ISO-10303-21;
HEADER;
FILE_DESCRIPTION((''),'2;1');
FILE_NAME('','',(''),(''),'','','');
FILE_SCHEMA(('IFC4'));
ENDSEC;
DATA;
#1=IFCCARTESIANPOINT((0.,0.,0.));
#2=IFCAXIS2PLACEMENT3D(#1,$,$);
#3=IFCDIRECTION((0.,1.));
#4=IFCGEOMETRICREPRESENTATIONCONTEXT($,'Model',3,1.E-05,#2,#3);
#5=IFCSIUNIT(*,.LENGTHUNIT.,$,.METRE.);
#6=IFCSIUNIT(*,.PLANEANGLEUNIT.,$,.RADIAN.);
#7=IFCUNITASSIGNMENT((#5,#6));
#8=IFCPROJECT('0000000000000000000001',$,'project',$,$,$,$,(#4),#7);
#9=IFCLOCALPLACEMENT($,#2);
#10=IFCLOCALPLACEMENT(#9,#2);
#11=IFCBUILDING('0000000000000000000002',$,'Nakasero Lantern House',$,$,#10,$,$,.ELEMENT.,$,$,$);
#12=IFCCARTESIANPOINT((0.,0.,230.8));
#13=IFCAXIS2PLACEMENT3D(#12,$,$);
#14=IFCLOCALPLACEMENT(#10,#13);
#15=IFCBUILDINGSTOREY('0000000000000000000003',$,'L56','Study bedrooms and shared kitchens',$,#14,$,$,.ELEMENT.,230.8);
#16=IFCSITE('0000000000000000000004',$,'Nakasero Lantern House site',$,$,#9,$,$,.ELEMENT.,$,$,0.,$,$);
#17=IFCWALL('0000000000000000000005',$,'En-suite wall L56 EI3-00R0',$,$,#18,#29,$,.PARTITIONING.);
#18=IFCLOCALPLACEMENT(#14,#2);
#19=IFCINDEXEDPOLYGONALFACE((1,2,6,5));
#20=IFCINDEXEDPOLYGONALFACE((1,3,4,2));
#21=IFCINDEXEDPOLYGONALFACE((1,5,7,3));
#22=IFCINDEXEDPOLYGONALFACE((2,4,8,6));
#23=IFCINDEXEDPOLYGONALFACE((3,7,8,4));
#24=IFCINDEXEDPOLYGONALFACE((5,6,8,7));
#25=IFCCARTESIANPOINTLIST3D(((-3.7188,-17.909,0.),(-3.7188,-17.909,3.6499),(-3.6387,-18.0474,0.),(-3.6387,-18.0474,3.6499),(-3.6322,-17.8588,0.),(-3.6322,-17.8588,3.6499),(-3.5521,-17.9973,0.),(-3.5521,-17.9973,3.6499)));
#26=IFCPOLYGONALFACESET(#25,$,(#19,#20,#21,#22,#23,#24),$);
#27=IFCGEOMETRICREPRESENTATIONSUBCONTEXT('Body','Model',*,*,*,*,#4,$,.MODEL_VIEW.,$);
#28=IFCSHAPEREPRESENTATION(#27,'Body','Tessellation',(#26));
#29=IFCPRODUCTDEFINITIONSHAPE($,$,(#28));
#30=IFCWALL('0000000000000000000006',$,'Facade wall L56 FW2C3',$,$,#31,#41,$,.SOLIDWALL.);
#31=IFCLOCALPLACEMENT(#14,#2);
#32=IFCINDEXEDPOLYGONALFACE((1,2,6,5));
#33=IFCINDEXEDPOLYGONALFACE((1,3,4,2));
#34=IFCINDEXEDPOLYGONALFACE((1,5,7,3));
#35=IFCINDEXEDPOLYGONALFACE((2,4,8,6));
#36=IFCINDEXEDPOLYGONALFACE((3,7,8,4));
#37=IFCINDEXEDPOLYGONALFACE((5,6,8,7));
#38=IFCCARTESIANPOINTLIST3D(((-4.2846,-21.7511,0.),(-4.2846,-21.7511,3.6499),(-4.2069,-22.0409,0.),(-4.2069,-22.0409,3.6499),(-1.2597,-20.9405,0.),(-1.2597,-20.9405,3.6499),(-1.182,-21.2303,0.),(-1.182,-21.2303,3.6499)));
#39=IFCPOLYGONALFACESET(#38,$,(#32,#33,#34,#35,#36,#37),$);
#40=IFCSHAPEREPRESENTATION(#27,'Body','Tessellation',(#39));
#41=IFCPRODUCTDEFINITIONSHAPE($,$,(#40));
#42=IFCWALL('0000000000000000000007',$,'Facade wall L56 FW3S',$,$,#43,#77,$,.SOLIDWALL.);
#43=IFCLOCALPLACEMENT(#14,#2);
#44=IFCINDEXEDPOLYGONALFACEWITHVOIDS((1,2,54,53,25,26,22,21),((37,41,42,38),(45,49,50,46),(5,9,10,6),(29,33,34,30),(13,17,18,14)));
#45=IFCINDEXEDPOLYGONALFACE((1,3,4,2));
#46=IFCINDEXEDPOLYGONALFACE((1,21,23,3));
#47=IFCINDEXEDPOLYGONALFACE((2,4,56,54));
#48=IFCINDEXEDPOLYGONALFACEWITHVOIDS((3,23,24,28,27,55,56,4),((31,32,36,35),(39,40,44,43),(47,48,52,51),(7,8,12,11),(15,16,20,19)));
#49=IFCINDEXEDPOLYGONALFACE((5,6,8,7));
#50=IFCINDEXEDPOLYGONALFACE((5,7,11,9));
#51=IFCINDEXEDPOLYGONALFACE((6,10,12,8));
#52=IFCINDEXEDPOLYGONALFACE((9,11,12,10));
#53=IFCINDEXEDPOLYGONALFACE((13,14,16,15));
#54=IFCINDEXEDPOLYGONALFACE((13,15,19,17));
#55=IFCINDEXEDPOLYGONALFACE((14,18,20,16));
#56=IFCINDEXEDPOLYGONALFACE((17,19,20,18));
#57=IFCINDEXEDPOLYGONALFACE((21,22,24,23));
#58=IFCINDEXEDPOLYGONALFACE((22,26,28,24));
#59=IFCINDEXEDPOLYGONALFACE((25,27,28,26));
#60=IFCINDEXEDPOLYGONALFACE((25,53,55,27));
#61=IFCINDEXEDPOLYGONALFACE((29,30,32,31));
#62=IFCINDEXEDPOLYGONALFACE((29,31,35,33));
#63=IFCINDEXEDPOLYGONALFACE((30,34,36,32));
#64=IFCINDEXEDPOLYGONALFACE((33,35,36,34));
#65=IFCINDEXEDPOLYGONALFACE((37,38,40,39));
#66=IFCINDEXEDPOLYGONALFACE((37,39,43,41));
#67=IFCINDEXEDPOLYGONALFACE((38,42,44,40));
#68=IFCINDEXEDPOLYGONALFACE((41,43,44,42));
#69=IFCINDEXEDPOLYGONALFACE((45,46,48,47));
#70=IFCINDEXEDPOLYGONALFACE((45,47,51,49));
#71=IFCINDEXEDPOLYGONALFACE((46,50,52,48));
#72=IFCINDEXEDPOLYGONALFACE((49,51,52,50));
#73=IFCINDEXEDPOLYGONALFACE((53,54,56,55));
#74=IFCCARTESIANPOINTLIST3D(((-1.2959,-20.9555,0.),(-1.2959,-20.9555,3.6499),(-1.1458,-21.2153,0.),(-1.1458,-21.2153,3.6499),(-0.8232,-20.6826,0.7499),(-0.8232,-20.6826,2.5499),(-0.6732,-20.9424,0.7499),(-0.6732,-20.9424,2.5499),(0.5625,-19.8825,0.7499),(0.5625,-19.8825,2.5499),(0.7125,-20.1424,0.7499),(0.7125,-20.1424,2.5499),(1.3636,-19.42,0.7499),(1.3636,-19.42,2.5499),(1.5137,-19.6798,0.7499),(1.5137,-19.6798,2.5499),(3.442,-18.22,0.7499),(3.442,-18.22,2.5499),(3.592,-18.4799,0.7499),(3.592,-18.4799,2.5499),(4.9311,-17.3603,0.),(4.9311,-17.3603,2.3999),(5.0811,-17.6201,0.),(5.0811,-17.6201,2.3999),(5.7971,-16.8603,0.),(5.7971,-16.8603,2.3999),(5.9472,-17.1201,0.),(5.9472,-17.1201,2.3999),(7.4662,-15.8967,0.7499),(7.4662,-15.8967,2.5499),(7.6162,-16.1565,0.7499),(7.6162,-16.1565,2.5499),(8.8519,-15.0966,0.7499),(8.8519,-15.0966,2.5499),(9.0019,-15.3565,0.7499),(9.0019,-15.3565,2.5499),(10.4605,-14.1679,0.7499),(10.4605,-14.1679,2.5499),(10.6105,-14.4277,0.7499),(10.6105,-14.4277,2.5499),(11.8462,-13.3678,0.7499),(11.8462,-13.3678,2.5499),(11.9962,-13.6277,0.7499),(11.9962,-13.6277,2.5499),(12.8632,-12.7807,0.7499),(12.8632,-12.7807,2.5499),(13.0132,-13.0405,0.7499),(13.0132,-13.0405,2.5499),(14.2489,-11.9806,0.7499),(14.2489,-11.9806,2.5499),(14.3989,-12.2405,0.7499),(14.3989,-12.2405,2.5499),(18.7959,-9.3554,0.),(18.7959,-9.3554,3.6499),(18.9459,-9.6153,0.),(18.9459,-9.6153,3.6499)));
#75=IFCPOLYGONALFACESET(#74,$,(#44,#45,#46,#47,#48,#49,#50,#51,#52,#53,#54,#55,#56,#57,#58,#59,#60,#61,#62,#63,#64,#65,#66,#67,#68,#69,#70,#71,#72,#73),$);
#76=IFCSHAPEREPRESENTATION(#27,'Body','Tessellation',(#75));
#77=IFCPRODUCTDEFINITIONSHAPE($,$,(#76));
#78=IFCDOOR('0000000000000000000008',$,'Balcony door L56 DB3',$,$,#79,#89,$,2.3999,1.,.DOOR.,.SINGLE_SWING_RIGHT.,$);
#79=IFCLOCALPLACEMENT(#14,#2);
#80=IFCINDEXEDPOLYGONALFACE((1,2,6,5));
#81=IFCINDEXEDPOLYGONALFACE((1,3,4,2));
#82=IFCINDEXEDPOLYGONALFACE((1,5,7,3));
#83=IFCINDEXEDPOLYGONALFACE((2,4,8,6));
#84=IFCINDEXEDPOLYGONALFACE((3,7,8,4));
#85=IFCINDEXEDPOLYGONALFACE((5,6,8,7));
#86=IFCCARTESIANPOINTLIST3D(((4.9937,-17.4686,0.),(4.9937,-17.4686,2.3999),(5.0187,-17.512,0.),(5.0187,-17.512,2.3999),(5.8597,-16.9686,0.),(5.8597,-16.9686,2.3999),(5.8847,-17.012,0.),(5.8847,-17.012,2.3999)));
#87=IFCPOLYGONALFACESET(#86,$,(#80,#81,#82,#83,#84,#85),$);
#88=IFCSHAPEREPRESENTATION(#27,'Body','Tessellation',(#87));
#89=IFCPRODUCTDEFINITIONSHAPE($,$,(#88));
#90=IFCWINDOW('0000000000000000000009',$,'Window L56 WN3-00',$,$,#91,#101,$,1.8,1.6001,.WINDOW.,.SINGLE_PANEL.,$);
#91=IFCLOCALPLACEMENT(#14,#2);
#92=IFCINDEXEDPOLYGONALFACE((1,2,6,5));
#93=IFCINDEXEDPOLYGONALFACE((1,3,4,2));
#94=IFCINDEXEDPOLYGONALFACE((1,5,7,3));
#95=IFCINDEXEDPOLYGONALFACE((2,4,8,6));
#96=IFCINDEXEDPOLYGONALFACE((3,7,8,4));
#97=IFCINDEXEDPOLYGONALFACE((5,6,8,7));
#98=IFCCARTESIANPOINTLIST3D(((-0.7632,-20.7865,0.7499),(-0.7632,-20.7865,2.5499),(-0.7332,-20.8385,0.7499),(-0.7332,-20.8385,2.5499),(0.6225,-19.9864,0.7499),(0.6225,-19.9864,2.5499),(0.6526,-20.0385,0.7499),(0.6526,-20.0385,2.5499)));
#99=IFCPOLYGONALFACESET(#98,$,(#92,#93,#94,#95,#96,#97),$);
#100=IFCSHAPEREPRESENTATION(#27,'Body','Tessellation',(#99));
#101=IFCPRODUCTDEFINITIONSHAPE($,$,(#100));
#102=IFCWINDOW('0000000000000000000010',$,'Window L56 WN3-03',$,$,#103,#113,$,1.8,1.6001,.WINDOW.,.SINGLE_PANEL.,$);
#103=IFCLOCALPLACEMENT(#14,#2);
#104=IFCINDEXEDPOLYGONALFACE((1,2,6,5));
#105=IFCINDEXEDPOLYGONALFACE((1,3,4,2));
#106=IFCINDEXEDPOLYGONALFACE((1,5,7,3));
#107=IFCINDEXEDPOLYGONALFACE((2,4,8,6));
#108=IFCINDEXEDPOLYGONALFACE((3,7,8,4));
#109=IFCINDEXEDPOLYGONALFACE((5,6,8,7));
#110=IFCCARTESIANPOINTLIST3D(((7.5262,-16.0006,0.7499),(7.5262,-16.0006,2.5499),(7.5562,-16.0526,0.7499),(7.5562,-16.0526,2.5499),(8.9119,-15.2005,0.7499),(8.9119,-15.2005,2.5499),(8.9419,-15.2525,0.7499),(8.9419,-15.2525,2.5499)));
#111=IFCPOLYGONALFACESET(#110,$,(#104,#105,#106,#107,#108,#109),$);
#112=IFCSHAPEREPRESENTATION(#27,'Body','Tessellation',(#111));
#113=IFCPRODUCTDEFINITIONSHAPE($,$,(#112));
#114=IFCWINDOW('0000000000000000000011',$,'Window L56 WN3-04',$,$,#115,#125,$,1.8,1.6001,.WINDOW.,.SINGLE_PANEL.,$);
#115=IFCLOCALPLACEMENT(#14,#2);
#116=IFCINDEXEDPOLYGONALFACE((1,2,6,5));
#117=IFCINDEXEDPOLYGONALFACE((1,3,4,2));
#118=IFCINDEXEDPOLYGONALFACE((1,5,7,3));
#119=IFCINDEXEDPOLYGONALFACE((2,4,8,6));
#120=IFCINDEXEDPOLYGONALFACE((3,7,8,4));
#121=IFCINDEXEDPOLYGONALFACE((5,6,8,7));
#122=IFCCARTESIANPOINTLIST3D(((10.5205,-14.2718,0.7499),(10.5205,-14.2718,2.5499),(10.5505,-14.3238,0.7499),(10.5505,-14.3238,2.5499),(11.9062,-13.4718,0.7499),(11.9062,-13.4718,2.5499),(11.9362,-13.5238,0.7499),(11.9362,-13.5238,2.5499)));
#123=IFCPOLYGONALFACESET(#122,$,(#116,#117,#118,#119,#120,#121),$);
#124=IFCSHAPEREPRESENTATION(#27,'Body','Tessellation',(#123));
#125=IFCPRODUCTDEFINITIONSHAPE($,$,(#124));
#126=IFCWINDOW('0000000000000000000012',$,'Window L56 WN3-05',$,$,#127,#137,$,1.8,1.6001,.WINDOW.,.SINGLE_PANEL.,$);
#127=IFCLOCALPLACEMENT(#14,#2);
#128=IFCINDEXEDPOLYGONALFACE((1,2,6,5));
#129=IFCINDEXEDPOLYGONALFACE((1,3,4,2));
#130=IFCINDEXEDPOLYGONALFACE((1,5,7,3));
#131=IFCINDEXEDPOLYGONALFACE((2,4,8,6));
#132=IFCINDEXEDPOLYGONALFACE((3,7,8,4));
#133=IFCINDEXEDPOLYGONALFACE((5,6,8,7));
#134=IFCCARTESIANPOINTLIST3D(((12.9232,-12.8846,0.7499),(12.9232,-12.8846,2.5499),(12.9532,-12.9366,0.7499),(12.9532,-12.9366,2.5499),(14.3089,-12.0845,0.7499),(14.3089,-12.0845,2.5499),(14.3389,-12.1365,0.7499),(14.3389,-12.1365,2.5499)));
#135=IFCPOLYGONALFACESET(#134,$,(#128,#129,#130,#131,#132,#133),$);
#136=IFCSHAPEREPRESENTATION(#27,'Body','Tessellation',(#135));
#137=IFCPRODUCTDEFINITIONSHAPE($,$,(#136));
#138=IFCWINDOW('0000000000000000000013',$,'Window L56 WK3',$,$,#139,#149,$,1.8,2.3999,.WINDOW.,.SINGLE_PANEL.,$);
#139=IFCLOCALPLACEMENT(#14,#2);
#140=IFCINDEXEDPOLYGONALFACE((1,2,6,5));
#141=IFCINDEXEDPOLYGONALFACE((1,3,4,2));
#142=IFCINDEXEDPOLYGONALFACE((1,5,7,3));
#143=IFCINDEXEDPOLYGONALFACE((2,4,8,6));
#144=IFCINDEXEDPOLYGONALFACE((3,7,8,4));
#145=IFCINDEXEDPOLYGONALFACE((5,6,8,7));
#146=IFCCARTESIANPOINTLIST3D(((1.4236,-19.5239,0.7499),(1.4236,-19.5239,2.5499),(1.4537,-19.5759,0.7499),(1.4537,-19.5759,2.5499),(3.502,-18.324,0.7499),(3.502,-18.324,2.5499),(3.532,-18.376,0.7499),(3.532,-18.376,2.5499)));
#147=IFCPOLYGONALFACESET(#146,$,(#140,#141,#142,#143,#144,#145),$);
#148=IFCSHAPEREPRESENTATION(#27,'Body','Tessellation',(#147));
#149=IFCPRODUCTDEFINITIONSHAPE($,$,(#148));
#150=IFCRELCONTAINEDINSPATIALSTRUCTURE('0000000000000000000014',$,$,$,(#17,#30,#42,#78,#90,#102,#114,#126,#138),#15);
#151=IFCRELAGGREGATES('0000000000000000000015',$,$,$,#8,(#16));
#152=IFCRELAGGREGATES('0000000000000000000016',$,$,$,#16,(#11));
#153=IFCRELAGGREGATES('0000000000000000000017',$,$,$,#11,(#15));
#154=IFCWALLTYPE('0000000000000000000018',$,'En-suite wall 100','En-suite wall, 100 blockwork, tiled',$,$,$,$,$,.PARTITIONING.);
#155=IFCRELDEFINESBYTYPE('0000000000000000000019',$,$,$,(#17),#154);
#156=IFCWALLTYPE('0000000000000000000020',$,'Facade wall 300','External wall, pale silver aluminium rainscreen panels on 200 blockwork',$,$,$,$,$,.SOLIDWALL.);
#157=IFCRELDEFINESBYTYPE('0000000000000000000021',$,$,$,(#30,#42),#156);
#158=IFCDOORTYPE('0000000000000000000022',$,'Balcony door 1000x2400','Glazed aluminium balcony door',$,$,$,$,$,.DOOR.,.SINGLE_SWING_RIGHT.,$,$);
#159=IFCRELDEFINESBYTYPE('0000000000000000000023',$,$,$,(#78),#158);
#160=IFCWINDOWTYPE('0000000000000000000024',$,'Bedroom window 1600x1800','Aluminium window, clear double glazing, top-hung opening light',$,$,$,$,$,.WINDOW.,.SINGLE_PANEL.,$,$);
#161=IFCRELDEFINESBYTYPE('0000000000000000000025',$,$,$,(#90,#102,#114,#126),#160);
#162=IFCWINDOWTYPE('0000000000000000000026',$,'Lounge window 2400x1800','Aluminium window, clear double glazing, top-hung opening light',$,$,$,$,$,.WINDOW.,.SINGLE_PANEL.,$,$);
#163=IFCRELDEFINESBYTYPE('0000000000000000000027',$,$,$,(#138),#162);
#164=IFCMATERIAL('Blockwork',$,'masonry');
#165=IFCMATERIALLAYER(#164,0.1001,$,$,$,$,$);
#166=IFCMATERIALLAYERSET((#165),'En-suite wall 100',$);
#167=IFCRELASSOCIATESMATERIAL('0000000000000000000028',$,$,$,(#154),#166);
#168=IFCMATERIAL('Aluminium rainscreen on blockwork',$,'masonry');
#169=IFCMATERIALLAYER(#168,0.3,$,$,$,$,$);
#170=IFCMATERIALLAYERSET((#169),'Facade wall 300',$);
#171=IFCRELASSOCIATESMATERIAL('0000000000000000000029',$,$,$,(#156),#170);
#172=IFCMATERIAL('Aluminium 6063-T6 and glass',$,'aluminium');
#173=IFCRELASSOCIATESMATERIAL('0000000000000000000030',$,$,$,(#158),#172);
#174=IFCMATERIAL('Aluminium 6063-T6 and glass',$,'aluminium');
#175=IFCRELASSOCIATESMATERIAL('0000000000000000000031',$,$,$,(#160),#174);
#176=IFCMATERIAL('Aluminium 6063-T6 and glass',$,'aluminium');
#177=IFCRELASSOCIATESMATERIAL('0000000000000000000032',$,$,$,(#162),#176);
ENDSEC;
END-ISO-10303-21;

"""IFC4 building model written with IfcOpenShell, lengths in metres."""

from ifc_helpers import new_model, si_unit, direction, frame, frame_2d, origin, place, context, subcontext, project, spatial, rectangle, extrude, material, layer, layer_set, type_object, element, fill, save


model = new_model("IFC4")

# Units and contexts
model_context = context("Model", 3, precision=1e-05, world=origin(), true_north=direction((0.0, 1.0)))
body_context = subcontext(model_context, "Body", "Model", "MODEL_VIEW")
ifc_project = project(units=[si_unit("LENGTHUNIT", "METRE"), si_unit("PLANEANGLEUNIT", "RADIAN")], contexts=[model_context])

# Site, building, storey
site_placement = place(None, origin())
site = spatial("IfcSite", under=ifc_project, at=site_placement, Name="Nakasero Lantern House site", CompositionType="ELEMENT", RefElevation=0.0)
building_placement = place(site_placement, origin())
building = spatial("IfcBuilding", under=site, at=building_placement, Name="Nakasero Lantern House", CompositionType="ELEMENT")
storey_placement = place(building_placement, frame((0.0, 0.0, 230.8)))
storey = spatial("IfcBuildingStorey", under=building, at=storey_placement, Name="L56", Description="Study bedrooms and shared kitchens", CompositionType="ELEMENT", Elevation=230.8)

# Shared definitions
ifc_material_1 = material(Name="Blockwork", Category="masonry")
ifc_layer_1 = layer(ifc_material_1, 0.1001)
ifc_layer_set_1 = layer_set([ifc_layer_1], Name="En-suite wall 100")
wall_type_1 = type_object("IfcWallType", Name="En-suite wall 100", Description="En-suite wall, 100 blockwork, tiled", PredefinedType="PARTITIONING", material=ifc_layer_set_1)

# Walls
wall_1_placement = place(storey_placement, frame((-3.6755, -17.8838, 0.0), z_axis=(0.0, 0.0, 1.0), x_axis=(0.500735, -0.8656, 0.0)))
element("IfcWall", 1, at=wall_1_placement, inside=storey, type_object=wall_type_1, Name="En-suite wall L56 EI3-00R0", PredefinedType="PARTITIONING", context=body_context, shape_type="SweptSolid", body=[
    extrude(rectangle(XDim=0.1599, YDim=0.1001, at=frame_2d((0.0801, 0.0))), origin(), (0.0, 0.0, 1.0), 3.6499),
])
ifc_material_2 = material(Name="Aluminium rainscreen on blockwork", Category="masonry")
ifc_layer_2 = layer(ifc_material_2, 0.3)
ifc_layer_set_2 = layer_set([ifc_layer_2], Name="Facade wall 300")
wall_type_2 = type_object("IfcWallType", Name="Facade wall 300", Description="External wall, pale silver aluminium rainscreen panels on 200 blockwork", PredefinedType="SOLIDWALL", material=ifc_layer_set_2)
wall_2_placement = place(storey_placement, frame((-4.2458, -21.896, 0.0), z_axis=(0.0, 0.0, 1.0), x_axis=(0.965924, 0.258827, 0.0)))
element("IfcWall", 2, at=wall_2_placement, inside=storey, type_object=wall_type_2, Name="Facade wall L56 FW2C3", PredefinedType="SOLIDWALL", context=body_context, shape_type="SweptSolid", body=[
    extrude(rectangle(XDim=3.1316, YDim=0.3, at=frame_2d((1.5659, 0.0))), origin(), (0.0, 0.0, 1.0), 3.6499),
])

# Wall, openings, door, windows
wall_3_placement = place(storey_placement, frame((-1.2209, -21.0854, 0.0), z_axis=(0.0, 0.0, 1.0), x_axis=(0.866024, 0.500003, 0.0)))
wall_3 = element("IfcWall", 3, at=wall_3_placement, inside=storey, type_object=wall_type_2, Name="Facade wall L56 FW3S", PredefinedType="SOLIDWALL", context=body_context, shape_type="SweptSolid", body=[
    extrude(rectangle(XDim=23.2, YDim=0.3, at=frame_2d((11.6001, 0.0))), origin(), (0.0, 0.0, 1.0), 3.6499),
])
opening_1_placement = place(wall_3_placement, frame((0.5459, 0.0, 0.75)))
opening_1 = element("IfcOpeningElement", 4, at=opening_1_placement, cuts=wall_3, PredefinedType="OPENING", context=body_context, shape_type="SweptSolid", body=[
    extrude(rectangle(XDim=1.6001, YDim=1.8, at=frame_2d((0.8, 0.8999))), frame((0.0, 0.1699, 0.0), z_axis=(0.0, -1.0, 0.0), x_axis=(1.0, 0.0, 0.0)), (0.0, 0.0, 1.0), 0.3401),
])
opening_2_placement = place(wall_3_placement, frame((10.1177, 0.0, 0.75)))
opening_2 = element("IfcOpeningElement", 5, at=opening_2_placement, cuts=wall_3, PredefinedType="OPENING", context=body_context, shape_type="SweptSolid", body=[
    extrude(rectangle(XDim=1.6001, YDim=1.8, at=frame_2d((0.8, 0.8999))), frame((0.0, 0.1699, 0.0), z_axis=(0.0, -1.0, 0.0), x_axis=(1.0, 0.0, 0.0)), (0.0, 0.0, 1.0), 0.3401),
])
opening_3_placement = place(wall_3_placement, frame((13.5752, 0.0, 0.75)))
opening_3 = element("IfcOpeningElement", 6, at=opening_3_placement, cuts=wall_3, PredefinedType="OPENING", context=body_context, shape_type="SweptSolid", body=[
    extrude(rectangle(XDim=1.6001, YDim=1.8, at=frame_2d((0.8, 0.8999))), frame((0.0, 0.1699, 0.0), z_axis=(0.0, -1.0, 0.0), x_axis=(1.0, 0.0, 0.0)), (0.0, 0.0, 1.0), 0.3401),
])
opening_4_placement = place(wall_3_placement, frame((16.3496, 0.0, 0.75)))
opening_4 = element("IfcOpeningElement", 7, at=opening_4_placement, cuts=wall_3, PredefinedType="OPENING", context=body_context, shape_type="SweptSolid", body=[
    extrude(rectangle(XDim=1.6001, YDim=1.8, at=frame_2d((0.8, 0.8999))), frame((0.0, 0.1699, 0.0), z_axis=(0.0, -1.0, 0.0), x_axis=(1.0, 0.0, 0.0)), (0.0, 0.0, 1.0), 0.3401),
])
opening_5_placement = place(wall_3_placement, frame((3.071, 0.0, 0.75)))
opening_5 = element("IfcOpeningElement", 8, at=opening_5_placement, cuts=wall_3, PredefinedType="OPENING", context=body_context, shape_type="SweptSolid", body=[
    extrude(rectangle(XDim=2.3999, YDim=1.8, at=frame_2d((1.2, 0.8999))), frame((0.0, 0.1699, 0.0), z_axis=(0.0, -1.0, 0.0), x_axis=(1.0, 0.0, 0.0)), (0.0, 0.0, 1.0), 0.3401),
])
opening_6_placement = place(wall_3_placement, frame((7.1904, 0.0, 0.0)))
opening_6 = element("IfcOpeningElement", 9, at=opening_6_placement, cuts=wall_3, PredefinedType="OPENING", context=body_context, shape_type="SweptSolid", body=[
    extrude(rectangle(XDim=1.0, YDim=2.3999, at=frame_2d((0.5, 1.2))), frame((0.0, 0.1699, 0.0), z_axis=(0.0, -1.0, 0.0), x_axis=(1.0, 0.0, 0.0)), (0.0, 0.0, 1.0), 0.3401),
])
ifc_material_3 = material(Name="Aluminium 6063-T6 and glass", Category="aluminium")
door_type_1 = type_object("IfcDoorType", Name="Balcony door 1000x2400", Description="Glazed aluminium balcony door", OperationType="SINGLE_SWING_RIGHT", PredefinedType="DOOR", material=ifc_material_3)
door_1_placement = place(opening_6_placement, origin())
door_1 = element("IfcDoor", 10, at=door_1_placement, inside=storey, type_object=door_type_1, Name="Balcony door L56 DB3", OperationType="SINGLE_SWING_RIGHT", OverallHeight=2.3999, OverallWidth=1.0, PredefinedType="DOOR", context=body_context, shape_type="SweptSolid", body=[
    extrude(rectangle(XDim=1.0, YDim=2.3999, at=frame_2d((0.5, 1.2))), frame((0.0, 0.0249, 0.0), z_axis=(0.0, -1.0, 0.0), x_axis=(1.0, 0.0, 0.0)), (0.0, 0.0, 1.0), 0.05),
])
fill(opening_6, door_1)
ifc_material_4 = material(Name="Aluminium 6063-T6 and glass", Category="aluminium")
window_type_1 = type_object("IfcWindowType", Name="Bedroom window 1600x1800", Description="Aluminium window, clear double glazing, top-hung opening light", PartitioningType="SINGLE_PANEL", PredefinedType="WINDOW", material=ifc_material_4)
window_1_placement = place(opening_1_placement, origin())
window_1 = element("IfcWindow", 11, at=window_1_placement, inside=storey, type_object=window_type_1, Name="Window L56 WN3-00", OverallHeight=1.8, OverallWidth=1.6001, PartitioningType="SINGLE_PANEL", PredefinedType="WINDOW", context=body_context, shape_type="SweptSolid", body=[
    extrude(rectangle(XDim=1.6001, YDim=1.8, at=frame_2d((0.8, 0.8999))), frame((0.0, 0.03, 0.0), z_axis=(0.0, -1.0, 0.0), x_axis=(1.0, 0.0, 0.0)), (0.0, 0.0, 1.0), 0.0601),
])
fill(opening_1, window_1)
window_2_placement = place(opening_2_placement, origin())
window_2 = element("IfcWindow", 12, at=window_2_placement, inside=storey, type_object=window_type_1, Name="Window L56 WN3-03", OverallHeight=1.8, OverallWidth=1.6001, PartitioningType="SINGLE_PANEL", PredefinedType="WINDOW", context=body_context, shape_type="SweptSolid", body=[
    extrude(rectangle(XDim=1.6001, YDim=1.8, at=frame_2d((0.8, 0.8999))), frame((0.0, 0.03, 0.0), z_axis=(0.0, -1.0, 0.0), x_axis=(1.0, 0.0, 0.0)), (0.0, 0.0, 1.0), 0.0601),
])
fill(opening_2, window_2)
window_3_placement = place(opening_3_placement, origin())
window_3 = element("IfcWindow", 13, at=window_3_placement, inside=storey, type_object=window_type_1, Name="Window L56 WN3-04", OverallHeight=1.8, OverallWidth=1.6001, PartitioningType="SINGLE_PANEL", PredefinedType="WINDOW", context=body_context, shape_type="SweptSolid", body=[
    extrude(rectangle(XDim=1.6001, YDim=1.8, at=frame_2d((0.8, 0.8999))), frame((0.0, 0.03, 0.0), z_axis=(0.0, -1.0, 0.0), x_axis=(1.0, 0.0, 0.0)), (0.0, 0.0, 1.0), 0.0601),
])
fill(opening_3, window_3)
window_4_placement = place(opening_4_placement, origin())
window_4 = element("IfcWindow", 14, at=window_4_placement, inside=storey, type_object=window_type_1, Name="Window L56 WN3-05", OverallHeight=1.8, OverallWidth=1.6001, PartitioningType="SINGLE_PANEL", PredefinedType="WINDOW", context=body_context, shape_type="SweptSolid", body=[
    extrude(rectangle(XDim=1.6001, YDim=1.8, at=frame_2d((0.8, 0.8999))), frame((0.0, 0.03, 0.0), z_axis=(0.0, -1.0, 0.0), x_axis=(1.0, 0.0, 0.0)), (0.0, 0.0, 1.0), 0.0601),
])
fill(opening_4, window_4)
ifc_material_5 = material(Name="Aluminium 6063-T6 and glass", Category="aluminium")
window_type_2 = type_object("IfcWindowType", Name="Lounge window 2400x1800", Description="Aluminium window, clear double glazing, top-hung opening light", PartitioningType="SINGLE_PANEL", PredefinedType="WINDOW", material=ifc_material_5)
window_5_placement = place(opening_5_placement, origin())
window_5 = element("IfcWindow", 15, at=window_5_placement, inside=storey, type_object=window_type_2, Name="Window L56 WK3", OverallHeight=1.8, OverallWidth=2.3999, PartitioningType="SINGLE_PANEL", PredefinedType="WINDOW", context=body_context, shape_type="SweptSolid", body=[
    extrude(rectangle(XDim=2.3999, YDim=1.8, at=frame_2d((1.2, 0.8999))), frame((0.0, 0.03, 0.0), z_axis=(0.0, -1.0, 0.0), x_axis=(1.0, 0.0, 0.0)), (0.0, 0.0, 1.0), 0.0601),
])
fill(opening_5, window_5)

save(model, "model.ifc")
